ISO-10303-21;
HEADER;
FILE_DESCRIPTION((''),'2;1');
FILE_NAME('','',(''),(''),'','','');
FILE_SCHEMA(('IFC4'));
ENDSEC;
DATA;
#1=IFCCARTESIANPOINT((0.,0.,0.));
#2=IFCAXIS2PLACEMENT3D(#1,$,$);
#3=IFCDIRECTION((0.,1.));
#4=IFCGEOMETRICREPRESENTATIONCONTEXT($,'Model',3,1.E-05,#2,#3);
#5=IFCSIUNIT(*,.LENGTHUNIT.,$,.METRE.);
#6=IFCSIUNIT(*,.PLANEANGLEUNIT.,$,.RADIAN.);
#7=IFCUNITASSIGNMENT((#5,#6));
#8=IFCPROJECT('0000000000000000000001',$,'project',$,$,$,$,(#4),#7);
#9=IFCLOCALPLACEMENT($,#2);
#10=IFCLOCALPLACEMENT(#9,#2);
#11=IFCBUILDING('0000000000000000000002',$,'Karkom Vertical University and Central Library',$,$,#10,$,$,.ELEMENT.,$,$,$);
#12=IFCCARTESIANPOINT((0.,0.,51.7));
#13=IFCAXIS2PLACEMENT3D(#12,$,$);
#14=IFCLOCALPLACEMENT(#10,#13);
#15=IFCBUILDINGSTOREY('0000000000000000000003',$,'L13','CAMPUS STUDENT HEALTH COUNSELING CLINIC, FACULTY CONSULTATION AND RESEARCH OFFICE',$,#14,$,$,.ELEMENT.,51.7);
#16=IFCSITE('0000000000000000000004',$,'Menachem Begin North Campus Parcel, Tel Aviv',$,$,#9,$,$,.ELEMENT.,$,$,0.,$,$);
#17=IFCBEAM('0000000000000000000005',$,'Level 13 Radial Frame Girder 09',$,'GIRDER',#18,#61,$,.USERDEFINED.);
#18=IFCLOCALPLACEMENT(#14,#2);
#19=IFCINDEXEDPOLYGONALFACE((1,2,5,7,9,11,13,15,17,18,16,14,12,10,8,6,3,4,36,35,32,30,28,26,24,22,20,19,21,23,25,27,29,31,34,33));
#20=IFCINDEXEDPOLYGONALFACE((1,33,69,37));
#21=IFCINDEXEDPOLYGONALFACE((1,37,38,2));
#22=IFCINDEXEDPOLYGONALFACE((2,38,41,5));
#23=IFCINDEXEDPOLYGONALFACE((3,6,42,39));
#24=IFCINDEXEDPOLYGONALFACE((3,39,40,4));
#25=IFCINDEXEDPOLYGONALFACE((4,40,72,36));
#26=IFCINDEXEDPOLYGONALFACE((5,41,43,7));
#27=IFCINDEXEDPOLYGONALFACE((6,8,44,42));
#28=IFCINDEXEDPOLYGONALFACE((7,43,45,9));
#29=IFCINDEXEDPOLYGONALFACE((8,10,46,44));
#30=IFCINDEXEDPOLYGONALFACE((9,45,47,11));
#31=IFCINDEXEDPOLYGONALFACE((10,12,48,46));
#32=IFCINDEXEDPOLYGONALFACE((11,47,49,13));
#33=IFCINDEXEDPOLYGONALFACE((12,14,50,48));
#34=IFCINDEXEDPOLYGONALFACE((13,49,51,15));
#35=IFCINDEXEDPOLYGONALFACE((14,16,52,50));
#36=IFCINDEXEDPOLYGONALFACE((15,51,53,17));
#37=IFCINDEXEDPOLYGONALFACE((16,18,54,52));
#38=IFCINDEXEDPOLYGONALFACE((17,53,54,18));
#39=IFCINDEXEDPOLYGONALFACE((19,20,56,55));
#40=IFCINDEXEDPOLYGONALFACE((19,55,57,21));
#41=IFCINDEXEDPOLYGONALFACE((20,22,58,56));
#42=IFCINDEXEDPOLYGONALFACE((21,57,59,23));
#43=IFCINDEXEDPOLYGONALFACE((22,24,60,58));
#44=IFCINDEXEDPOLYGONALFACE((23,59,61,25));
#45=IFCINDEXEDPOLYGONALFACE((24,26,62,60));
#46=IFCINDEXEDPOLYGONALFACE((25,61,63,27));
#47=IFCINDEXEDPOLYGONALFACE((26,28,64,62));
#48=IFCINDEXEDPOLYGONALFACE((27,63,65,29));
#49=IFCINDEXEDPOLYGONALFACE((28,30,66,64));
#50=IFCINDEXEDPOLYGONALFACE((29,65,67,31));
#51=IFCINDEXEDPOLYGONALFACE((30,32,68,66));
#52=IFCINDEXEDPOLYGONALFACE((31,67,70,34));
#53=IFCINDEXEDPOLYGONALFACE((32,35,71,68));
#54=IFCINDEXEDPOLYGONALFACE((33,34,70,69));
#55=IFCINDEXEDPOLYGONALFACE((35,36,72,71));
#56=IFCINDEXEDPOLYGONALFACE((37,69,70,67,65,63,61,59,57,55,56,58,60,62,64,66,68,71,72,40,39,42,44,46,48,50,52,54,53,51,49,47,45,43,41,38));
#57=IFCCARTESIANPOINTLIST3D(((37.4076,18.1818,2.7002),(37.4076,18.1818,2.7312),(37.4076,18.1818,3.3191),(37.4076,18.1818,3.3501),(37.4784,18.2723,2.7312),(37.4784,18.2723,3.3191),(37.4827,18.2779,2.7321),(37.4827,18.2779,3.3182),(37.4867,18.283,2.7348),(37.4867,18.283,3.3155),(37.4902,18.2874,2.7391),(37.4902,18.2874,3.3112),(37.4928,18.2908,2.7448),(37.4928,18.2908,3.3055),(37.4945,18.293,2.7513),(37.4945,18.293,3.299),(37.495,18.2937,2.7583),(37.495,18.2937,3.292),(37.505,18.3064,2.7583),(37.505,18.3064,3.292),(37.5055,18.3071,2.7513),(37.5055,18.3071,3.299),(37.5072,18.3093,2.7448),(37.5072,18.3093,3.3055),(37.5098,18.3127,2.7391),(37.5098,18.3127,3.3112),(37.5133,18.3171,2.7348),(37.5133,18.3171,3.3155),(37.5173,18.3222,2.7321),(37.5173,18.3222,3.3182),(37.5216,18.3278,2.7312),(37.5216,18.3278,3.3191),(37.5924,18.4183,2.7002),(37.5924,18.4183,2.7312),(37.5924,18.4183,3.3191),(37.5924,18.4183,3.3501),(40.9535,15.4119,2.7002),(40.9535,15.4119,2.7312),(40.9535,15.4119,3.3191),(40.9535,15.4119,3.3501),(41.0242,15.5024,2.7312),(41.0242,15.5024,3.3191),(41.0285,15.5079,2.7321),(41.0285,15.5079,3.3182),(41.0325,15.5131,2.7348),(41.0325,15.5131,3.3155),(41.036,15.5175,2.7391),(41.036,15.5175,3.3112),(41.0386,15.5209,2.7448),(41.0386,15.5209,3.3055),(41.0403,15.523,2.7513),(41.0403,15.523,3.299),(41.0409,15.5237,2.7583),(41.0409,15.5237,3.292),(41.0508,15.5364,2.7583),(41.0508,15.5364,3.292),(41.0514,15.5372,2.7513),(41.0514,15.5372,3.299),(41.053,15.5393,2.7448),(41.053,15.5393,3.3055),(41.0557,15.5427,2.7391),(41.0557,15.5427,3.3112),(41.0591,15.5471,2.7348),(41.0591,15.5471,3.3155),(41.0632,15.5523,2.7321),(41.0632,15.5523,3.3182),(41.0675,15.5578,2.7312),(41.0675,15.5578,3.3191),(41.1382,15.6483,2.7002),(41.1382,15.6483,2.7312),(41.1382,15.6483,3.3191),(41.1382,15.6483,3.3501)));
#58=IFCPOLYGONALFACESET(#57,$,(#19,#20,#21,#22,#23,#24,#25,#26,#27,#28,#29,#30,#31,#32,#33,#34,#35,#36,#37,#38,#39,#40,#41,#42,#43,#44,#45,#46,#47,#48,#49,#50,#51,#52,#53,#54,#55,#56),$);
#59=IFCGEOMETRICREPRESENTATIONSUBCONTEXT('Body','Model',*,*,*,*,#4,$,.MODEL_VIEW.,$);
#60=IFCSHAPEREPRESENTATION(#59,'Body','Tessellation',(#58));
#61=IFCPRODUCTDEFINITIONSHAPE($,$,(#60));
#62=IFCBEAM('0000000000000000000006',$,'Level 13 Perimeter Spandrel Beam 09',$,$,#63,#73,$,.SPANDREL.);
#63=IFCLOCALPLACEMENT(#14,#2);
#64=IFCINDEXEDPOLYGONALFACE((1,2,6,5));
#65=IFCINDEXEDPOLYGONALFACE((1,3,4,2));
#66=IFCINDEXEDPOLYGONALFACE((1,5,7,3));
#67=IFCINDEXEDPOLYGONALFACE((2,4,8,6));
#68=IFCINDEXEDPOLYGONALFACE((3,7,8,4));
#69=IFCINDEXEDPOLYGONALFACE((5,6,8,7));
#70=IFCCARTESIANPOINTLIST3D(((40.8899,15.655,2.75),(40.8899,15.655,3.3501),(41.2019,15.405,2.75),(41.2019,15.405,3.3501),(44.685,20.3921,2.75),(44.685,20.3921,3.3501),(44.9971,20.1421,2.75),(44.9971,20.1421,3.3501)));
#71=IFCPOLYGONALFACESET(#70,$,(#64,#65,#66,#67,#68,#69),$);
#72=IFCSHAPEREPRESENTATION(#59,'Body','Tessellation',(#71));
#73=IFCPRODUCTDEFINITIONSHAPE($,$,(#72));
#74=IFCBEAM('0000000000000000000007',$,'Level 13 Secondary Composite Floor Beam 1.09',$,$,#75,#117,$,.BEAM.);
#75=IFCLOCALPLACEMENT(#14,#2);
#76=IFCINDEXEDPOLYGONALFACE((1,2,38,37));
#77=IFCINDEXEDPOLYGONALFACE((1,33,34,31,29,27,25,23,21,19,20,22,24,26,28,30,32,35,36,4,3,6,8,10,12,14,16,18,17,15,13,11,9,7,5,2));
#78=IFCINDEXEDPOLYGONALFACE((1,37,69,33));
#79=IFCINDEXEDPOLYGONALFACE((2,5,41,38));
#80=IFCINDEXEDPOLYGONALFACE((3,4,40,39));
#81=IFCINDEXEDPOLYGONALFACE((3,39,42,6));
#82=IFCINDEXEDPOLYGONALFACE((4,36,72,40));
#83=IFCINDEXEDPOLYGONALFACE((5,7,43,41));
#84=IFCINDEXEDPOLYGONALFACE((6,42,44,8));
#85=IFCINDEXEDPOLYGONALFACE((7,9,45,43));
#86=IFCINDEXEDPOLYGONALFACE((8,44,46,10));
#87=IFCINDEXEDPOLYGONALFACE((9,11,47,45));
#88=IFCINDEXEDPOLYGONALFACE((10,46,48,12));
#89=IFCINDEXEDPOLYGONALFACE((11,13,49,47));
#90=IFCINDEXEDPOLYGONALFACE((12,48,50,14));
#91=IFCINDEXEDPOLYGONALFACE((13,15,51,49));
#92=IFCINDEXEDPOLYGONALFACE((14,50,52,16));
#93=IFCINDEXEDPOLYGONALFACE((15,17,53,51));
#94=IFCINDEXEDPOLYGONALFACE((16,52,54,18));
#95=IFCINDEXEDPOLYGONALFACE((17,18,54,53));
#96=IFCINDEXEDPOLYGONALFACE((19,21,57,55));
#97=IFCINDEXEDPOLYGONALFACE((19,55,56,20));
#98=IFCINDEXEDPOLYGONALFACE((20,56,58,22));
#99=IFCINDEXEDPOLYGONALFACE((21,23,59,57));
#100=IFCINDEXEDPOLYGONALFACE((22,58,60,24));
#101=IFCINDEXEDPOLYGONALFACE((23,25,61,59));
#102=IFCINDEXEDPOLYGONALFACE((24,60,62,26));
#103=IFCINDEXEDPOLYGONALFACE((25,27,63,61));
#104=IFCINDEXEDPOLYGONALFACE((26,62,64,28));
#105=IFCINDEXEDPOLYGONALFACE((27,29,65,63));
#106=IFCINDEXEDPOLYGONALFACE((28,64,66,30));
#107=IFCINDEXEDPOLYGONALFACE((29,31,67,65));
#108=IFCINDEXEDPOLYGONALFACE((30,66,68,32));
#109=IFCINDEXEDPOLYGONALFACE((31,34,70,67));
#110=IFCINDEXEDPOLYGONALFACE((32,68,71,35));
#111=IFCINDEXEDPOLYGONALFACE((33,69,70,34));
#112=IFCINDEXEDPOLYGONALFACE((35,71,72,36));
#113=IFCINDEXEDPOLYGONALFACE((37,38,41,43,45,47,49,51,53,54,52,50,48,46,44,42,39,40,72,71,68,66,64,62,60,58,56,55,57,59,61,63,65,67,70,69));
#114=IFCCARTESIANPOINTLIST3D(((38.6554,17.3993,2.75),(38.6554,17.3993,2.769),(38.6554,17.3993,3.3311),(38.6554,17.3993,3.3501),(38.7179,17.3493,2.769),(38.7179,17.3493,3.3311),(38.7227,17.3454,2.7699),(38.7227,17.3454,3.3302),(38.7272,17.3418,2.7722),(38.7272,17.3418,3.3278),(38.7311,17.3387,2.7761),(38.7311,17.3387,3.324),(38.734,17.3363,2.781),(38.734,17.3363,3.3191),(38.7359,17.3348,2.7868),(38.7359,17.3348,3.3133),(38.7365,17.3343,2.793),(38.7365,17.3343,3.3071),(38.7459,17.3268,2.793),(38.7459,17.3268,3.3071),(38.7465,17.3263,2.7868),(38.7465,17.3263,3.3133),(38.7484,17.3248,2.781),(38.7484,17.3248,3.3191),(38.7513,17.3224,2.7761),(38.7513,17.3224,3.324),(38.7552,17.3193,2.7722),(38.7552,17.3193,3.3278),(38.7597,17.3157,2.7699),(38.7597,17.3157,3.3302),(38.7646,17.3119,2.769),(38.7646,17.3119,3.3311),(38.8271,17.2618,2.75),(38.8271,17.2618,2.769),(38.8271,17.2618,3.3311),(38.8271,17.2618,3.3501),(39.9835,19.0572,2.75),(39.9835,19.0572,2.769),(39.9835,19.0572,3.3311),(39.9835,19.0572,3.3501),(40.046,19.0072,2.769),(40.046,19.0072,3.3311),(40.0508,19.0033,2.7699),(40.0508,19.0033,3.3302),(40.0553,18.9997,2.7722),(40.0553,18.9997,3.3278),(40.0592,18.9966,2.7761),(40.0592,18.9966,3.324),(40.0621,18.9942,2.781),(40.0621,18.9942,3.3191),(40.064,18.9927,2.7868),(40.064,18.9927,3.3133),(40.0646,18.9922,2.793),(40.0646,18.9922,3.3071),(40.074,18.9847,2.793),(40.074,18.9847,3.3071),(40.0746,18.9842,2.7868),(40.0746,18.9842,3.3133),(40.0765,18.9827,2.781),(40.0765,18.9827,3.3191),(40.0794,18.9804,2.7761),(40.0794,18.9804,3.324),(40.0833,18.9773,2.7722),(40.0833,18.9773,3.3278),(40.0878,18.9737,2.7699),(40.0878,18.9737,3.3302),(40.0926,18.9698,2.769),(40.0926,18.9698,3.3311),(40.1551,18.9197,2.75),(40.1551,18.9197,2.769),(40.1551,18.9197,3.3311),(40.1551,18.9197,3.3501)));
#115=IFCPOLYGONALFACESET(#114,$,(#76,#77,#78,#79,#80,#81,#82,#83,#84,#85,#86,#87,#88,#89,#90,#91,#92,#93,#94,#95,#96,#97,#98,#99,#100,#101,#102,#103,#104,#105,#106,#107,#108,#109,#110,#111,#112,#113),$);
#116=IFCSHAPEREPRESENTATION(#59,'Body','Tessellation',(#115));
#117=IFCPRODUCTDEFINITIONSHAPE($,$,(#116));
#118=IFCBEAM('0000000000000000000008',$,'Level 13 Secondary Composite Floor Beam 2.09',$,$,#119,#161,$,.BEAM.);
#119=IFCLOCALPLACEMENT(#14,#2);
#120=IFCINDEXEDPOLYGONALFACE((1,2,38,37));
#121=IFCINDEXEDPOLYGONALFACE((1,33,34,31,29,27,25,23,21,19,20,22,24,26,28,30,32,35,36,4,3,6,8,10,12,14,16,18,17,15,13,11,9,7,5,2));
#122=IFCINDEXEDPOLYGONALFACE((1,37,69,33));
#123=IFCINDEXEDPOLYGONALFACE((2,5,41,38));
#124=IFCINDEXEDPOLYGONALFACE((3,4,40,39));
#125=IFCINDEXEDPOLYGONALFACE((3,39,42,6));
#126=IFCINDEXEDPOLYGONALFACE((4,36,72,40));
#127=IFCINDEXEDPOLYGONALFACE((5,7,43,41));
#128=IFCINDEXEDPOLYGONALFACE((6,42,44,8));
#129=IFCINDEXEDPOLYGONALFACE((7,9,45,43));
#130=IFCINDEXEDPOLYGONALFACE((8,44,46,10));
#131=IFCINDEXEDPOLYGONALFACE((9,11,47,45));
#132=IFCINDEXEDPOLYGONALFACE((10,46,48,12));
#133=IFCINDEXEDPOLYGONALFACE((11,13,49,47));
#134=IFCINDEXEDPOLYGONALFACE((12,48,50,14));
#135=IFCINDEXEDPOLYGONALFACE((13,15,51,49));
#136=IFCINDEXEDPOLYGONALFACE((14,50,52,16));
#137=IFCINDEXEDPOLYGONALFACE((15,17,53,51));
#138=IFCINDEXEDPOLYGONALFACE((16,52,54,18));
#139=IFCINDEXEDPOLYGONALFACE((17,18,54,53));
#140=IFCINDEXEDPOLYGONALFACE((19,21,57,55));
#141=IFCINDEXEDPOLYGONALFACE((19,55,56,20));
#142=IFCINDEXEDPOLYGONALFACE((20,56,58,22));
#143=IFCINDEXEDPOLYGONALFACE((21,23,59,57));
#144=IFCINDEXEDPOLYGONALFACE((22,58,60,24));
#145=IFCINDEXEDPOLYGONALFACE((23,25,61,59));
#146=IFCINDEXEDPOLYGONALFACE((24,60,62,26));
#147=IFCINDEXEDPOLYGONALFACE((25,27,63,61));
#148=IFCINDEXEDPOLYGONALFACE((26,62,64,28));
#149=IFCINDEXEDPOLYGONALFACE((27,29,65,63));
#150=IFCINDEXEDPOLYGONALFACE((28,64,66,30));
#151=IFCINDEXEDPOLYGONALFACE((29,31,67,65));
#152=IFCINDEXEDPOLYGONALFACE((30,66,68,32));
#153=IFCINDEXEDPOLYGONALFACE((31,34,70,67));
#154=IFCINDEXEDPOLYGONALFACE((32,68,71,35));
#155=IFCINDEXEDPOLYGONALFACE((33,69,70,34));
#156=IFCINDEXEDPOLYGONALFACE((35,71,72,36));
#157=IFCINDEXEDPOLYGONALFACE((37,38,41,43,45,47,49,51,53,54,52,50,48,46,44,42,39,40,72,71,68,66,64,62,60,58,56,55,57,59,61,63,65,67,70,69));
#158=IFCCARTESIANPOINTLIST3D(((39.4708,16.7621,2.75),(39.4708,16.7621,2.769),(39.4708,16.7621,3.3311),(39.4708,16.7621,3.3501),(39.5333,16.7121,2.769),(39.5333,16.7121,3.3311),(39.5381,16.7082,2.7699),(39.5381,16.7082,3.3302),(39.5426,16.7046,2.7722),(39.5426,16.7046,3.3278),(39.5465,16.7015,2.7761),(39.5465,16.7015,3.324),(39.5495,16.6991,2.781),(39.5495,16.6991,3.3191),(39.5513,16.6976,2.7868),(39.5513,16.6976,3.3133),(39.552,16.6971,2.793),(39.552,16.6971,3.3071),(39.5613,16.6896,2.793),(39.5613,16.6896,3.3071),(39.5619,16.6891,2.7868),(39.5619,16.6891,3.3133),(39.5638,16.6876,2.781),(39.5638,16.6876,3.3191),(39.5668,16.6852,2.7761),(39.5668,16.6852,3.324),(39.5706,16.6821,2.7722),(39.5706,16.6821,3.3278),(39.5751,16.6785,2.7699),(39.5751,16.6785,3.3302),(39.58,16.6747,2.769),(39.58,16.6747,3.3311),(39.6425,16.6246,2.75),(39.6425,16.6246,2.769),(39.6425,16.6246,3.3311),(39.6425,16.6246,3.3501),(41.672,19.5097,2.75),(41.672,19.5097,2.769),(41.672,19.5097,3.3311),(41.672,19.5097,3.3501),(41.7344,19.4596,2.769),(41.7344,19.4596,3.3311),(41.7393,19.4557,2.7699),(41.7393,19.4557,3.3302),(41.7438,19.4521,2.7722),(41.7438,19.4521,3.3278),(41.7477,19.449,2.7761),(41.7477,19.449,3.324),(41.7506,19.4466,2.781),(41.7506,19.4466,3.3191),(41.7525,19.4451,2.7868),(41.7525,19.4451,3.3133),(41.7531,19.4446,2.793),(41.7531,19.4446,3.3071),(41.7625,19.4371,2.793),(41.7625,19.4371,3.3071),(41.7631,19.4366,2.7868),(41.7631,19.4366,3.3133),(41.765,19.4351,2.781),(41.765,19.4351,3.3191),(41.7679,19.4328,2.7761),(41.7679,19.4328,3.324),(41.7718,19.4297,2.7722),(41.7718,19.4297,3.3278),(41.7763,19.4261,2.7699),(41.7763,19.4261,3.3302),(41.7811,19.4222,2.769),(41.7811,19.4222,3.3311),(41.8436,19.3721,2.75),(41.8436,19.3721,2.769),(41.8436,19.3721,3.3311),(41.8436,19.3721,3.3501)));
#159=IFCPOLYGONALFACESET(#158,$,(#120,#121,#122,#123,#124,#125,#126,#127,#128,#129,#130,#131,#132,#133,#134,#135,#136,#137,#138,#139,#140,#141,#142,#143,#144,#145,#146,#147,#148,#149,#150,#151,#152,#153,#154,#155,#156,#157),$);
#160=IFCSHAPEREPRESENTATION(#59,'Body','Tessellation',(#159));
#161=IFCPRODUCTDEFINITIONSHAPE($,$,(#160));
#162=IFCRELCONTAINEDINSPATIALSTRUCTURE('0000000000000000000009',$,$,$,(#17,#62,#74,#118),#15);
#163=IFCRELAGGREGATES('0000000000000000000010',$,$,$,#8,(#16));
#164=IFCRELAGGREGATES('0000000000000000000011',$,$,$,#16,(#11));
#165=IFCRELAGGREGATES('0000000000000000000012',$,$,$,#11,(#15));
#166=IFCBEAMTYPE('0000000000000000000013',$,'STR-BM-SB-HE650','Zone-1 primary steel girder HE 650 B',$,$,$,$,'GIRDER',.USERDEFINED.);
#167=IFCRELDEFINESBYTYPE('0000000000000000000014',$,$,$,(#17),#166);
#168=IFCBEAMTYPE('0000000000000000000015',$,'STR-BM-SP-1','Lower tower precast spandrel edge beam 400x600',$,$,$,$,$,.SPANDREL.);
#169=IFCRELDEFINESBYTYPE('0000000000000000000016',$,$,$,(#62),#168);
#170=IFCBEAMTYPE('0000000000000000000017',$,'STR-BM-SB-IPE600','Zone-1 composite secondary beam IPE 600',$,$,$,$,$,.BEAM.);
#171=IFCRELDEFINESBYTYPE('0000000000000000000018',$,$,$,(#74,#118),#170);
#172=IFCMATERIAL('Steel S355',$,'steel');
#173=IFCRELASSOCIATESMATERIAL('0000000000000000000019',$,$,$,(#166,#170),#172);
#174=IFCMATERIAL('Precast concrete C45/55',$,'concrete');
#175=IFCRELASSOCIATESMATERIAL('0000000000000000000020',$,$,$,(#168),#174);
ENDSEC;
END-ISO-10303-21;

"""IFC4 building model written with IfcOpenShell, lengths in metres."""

from ifc_helpers import new_model, si_unit, direction, frame, origin, origin_with_axes, origin_2d, place, context, subcontext, project, spatial, rectangle, i_section, extrude, source, transform, mapped, material, material_profile, profile_set, type_object, element, save


model = new_model("IFC4")

# Units and contexts
model_context = context("Model", 3, precision=1e-05, world=origin(), true_north=direction((0.0, 1.0)))
body_context = subcontext(model_context, "Body", "Model", "MODEL_VIEW")
ifc_project = project(units=[si_unit("LENGTHUNIT", "METRE"), si_unit("PLANEANGLEUNIT", "RADIAN")], contexts=[model_context])

# Site, building, storey
site_placement = place(None, origin())
site = spatial("IfcSite", under=ifc_project, at=site_placement, Name="Menachem Begin North Campus Parcel, Tel Aviv", CompositionType="ELEMENT", RefElevation=0.0)
building_placement = place(site_placement, origin())
building = spatial("IfcBuilding", under=site, at=building_placement, Name="Karkom Vertical University and Central Library", CompositionType="ELEMENT")
storey_placement = place(building_placement, frame((0.0, 0.0, 51.7)))
storey = spatial("IfcBuildingStorey", under=building, at=storey_placement, Name="L13", Description="CAMPUS STUDENT HEALTH COUNSELING CLINIC, FACULTY CONSULTATION AND RESEARCH OFFICE", CompositionType="ELEMENT", Elevation=51.7)

# Beams
ifc_material_1 = material(Name="Steel S355", Category="steel")
ifc_material_profile_1 = material_profile(ifc_material_1, i_section(OverallWidth=0.3, OverallDepth=0.6499, WebThickness=0.0161, FlangeThickness=0.031, FilletRadius=0.0271, at=origin_2d()), Name="HE 650 B")
ifc_profile_set_1 = profile_set([ifc_material_profile_1], Name="Steel S355")
beam_type_1 = type_object("IfcBeamType", Name="STR-BM-SB-HE650", Description="Zone-1 primary steel girder HE 650 B", ElementType="GIRDER", PredefinedType="USERDEFINED", material=ifc_profile_set_1)
shared_shape_1 = source(origin_with_axes(), body_context, "Body", "SweptSolid", [
    extrude(i_section(OverallWidth=0.3, OverallDepth=0.6499, WebThickness=0.0161, FlangeThickness=0.031, FilletRadius=0.0271, at=origin_2d()), origin(), (0.0, 0.0, 1.0), 4.4995),
])
beam_1_placement = place(storey_placement, frame((37.5, 18.3, 3.0251), z_axis=(0.788047, -0.615615, 0.0), x_axis=(0.615615, 0.788047, 0.0)))
element("IfcBeam", 1, at=beam_1_placement, inside=storey, type_object=beam_type_1, Name="Level 13 Radial Frame Girder 09", ObjectType="GIRDER", PredefinedType="USERDEFINED", context=body_context, shape_type="MappedRepresentation", body=[
    mapped(shared_shape_1, transform((0.0, 0.0, 0.0), scale=1.0)),
])
ifc_material_2 = material(Name="Precast concrete C45/55", Category="concrete")
ifc_material_profile_2 = material_profile(ifc_material_2, rectangle(XDim=0.3999, YDim=0.6001, at=origin_2d()), Name="SPB-400x600")
ifc_profile_set_2 = profile_set([ifc_material_profile_2], Name="Precast concrete C45/55")
beam_type_2 = type_object("IfcBeamType", Name="STR-BM-SP-1", Description="Lower tower precast spandrel edge beam 400x600", PredefinedType="SPANDREL", material=ifc_profile_set_2)
shared_shape_2 = source(origin_with_axes(), body_context, "Body", "SweptSolid", [
    extrude(rectangle(XDim=0.3999, YDim=0.6001, at=origin_2d()), origin(), (0.0, 0.0, 1.0), 6.0698),
])
beam_2_placement = place(storey_placement, frame((41.0459, 15.53, 3.05), z_axis=(0.625249, 0.780425, 0.0), x_axis=(-0.780425, 0.625249, 0.0)))
element("IfcBeam", 2, at=beam_2_placement, inside=storey, type_object=beam_type_2, Name="Level 13 Perimeter Spandrel Beam 09", PredefinedType="SPANDREL", context=body_context, shape_type="MappedRepresentation", body=[
    mapped(shared_shape_2, transform((0.0, 0.0, 0.0), scale=1.0)),
])
ifc_material_profile_3 = material_profile(ifc_material_1, i_section(OverallWidth=0.22, OverallDepth=0.6001, WebThickness=0.012, FlangeThickness=0.019, FilletRadius=0.0239, at=origin_2d()), Name="IPE 600")
ifc_profile_set_3 = profile_set([ifc_material_profile_3], Name="Steel S355")
beam_type_3 = type_object("IfcBeamType", Name="STR-BM-SB-IPE600", Description="Zone-1 composite secondary beam IPE 600", PredefinedType="BEAM", material=ifc_profile_set_3)
shared_shape_3 = source(origin_with_axes(), body_context, "Body", "SweptSolid", [
    extrude(i_section(OverallWidth=0.22, OverallDepth=0.6001, WebThickness=0.012, FlangeThickness=0.019, FilletRadius=0.0239, at=origin_2d()), origin(), (0.0, 0.0, 1.0), 2.1243),
])
beam_3_placement = place(storey_placement, frame((38.7412, 17.3306, 3.05), z_axis=(0.625199, 0.780465, 0.0), x_axis=(-0.780465, 0.625199, 0.0)))
element("IfcBeam", 3, at=beam_3_placement, inside=storey, type_object=beam_type_3, Name="Level 13 Secondary Composite Floor Beam 1.09", PredefinedType="BEAM", context=body_context, shape_type="MappedRepresentation", body=[
    mapped(shared_shape_3, transform((0.0, 0.0, 0.0), scale=1.0)),
])
shared_shape_4 = source(origin_with_axes(), body_context, "Body", "SweptSolid", [
    extrude(i_section(OverallWidth=0.22, OverallDepth=0.6001, WebThickness=0.012, FlangeThickness=0.019, FilletRadius=0.0239, at=origin_2d()), origin(), (0.0, 0.0, 1.0), 3.5205),
])
beam_4_placement = place(storey_placement, frame((39.5566, 16.6934, 3.05), z_axis=(0.625236, 0.780436, 0.0), x_axis=(-0.780436, 0.625236, 0.0)))
element("IfcBeam", 4, at=beam_4_placement, inside=storey, type_object=beam_type_3, Name="Level 13 Secondary Composite Floor Beam 2.09", PredefinedType="BEAM", context=body_context, shape_type="MappedRepresentation", body=[
    mapped(shared_shape_4, transform((0.0, 0.0, 0.0), scale=1.0)),
])

save(model, "model.ifc")
